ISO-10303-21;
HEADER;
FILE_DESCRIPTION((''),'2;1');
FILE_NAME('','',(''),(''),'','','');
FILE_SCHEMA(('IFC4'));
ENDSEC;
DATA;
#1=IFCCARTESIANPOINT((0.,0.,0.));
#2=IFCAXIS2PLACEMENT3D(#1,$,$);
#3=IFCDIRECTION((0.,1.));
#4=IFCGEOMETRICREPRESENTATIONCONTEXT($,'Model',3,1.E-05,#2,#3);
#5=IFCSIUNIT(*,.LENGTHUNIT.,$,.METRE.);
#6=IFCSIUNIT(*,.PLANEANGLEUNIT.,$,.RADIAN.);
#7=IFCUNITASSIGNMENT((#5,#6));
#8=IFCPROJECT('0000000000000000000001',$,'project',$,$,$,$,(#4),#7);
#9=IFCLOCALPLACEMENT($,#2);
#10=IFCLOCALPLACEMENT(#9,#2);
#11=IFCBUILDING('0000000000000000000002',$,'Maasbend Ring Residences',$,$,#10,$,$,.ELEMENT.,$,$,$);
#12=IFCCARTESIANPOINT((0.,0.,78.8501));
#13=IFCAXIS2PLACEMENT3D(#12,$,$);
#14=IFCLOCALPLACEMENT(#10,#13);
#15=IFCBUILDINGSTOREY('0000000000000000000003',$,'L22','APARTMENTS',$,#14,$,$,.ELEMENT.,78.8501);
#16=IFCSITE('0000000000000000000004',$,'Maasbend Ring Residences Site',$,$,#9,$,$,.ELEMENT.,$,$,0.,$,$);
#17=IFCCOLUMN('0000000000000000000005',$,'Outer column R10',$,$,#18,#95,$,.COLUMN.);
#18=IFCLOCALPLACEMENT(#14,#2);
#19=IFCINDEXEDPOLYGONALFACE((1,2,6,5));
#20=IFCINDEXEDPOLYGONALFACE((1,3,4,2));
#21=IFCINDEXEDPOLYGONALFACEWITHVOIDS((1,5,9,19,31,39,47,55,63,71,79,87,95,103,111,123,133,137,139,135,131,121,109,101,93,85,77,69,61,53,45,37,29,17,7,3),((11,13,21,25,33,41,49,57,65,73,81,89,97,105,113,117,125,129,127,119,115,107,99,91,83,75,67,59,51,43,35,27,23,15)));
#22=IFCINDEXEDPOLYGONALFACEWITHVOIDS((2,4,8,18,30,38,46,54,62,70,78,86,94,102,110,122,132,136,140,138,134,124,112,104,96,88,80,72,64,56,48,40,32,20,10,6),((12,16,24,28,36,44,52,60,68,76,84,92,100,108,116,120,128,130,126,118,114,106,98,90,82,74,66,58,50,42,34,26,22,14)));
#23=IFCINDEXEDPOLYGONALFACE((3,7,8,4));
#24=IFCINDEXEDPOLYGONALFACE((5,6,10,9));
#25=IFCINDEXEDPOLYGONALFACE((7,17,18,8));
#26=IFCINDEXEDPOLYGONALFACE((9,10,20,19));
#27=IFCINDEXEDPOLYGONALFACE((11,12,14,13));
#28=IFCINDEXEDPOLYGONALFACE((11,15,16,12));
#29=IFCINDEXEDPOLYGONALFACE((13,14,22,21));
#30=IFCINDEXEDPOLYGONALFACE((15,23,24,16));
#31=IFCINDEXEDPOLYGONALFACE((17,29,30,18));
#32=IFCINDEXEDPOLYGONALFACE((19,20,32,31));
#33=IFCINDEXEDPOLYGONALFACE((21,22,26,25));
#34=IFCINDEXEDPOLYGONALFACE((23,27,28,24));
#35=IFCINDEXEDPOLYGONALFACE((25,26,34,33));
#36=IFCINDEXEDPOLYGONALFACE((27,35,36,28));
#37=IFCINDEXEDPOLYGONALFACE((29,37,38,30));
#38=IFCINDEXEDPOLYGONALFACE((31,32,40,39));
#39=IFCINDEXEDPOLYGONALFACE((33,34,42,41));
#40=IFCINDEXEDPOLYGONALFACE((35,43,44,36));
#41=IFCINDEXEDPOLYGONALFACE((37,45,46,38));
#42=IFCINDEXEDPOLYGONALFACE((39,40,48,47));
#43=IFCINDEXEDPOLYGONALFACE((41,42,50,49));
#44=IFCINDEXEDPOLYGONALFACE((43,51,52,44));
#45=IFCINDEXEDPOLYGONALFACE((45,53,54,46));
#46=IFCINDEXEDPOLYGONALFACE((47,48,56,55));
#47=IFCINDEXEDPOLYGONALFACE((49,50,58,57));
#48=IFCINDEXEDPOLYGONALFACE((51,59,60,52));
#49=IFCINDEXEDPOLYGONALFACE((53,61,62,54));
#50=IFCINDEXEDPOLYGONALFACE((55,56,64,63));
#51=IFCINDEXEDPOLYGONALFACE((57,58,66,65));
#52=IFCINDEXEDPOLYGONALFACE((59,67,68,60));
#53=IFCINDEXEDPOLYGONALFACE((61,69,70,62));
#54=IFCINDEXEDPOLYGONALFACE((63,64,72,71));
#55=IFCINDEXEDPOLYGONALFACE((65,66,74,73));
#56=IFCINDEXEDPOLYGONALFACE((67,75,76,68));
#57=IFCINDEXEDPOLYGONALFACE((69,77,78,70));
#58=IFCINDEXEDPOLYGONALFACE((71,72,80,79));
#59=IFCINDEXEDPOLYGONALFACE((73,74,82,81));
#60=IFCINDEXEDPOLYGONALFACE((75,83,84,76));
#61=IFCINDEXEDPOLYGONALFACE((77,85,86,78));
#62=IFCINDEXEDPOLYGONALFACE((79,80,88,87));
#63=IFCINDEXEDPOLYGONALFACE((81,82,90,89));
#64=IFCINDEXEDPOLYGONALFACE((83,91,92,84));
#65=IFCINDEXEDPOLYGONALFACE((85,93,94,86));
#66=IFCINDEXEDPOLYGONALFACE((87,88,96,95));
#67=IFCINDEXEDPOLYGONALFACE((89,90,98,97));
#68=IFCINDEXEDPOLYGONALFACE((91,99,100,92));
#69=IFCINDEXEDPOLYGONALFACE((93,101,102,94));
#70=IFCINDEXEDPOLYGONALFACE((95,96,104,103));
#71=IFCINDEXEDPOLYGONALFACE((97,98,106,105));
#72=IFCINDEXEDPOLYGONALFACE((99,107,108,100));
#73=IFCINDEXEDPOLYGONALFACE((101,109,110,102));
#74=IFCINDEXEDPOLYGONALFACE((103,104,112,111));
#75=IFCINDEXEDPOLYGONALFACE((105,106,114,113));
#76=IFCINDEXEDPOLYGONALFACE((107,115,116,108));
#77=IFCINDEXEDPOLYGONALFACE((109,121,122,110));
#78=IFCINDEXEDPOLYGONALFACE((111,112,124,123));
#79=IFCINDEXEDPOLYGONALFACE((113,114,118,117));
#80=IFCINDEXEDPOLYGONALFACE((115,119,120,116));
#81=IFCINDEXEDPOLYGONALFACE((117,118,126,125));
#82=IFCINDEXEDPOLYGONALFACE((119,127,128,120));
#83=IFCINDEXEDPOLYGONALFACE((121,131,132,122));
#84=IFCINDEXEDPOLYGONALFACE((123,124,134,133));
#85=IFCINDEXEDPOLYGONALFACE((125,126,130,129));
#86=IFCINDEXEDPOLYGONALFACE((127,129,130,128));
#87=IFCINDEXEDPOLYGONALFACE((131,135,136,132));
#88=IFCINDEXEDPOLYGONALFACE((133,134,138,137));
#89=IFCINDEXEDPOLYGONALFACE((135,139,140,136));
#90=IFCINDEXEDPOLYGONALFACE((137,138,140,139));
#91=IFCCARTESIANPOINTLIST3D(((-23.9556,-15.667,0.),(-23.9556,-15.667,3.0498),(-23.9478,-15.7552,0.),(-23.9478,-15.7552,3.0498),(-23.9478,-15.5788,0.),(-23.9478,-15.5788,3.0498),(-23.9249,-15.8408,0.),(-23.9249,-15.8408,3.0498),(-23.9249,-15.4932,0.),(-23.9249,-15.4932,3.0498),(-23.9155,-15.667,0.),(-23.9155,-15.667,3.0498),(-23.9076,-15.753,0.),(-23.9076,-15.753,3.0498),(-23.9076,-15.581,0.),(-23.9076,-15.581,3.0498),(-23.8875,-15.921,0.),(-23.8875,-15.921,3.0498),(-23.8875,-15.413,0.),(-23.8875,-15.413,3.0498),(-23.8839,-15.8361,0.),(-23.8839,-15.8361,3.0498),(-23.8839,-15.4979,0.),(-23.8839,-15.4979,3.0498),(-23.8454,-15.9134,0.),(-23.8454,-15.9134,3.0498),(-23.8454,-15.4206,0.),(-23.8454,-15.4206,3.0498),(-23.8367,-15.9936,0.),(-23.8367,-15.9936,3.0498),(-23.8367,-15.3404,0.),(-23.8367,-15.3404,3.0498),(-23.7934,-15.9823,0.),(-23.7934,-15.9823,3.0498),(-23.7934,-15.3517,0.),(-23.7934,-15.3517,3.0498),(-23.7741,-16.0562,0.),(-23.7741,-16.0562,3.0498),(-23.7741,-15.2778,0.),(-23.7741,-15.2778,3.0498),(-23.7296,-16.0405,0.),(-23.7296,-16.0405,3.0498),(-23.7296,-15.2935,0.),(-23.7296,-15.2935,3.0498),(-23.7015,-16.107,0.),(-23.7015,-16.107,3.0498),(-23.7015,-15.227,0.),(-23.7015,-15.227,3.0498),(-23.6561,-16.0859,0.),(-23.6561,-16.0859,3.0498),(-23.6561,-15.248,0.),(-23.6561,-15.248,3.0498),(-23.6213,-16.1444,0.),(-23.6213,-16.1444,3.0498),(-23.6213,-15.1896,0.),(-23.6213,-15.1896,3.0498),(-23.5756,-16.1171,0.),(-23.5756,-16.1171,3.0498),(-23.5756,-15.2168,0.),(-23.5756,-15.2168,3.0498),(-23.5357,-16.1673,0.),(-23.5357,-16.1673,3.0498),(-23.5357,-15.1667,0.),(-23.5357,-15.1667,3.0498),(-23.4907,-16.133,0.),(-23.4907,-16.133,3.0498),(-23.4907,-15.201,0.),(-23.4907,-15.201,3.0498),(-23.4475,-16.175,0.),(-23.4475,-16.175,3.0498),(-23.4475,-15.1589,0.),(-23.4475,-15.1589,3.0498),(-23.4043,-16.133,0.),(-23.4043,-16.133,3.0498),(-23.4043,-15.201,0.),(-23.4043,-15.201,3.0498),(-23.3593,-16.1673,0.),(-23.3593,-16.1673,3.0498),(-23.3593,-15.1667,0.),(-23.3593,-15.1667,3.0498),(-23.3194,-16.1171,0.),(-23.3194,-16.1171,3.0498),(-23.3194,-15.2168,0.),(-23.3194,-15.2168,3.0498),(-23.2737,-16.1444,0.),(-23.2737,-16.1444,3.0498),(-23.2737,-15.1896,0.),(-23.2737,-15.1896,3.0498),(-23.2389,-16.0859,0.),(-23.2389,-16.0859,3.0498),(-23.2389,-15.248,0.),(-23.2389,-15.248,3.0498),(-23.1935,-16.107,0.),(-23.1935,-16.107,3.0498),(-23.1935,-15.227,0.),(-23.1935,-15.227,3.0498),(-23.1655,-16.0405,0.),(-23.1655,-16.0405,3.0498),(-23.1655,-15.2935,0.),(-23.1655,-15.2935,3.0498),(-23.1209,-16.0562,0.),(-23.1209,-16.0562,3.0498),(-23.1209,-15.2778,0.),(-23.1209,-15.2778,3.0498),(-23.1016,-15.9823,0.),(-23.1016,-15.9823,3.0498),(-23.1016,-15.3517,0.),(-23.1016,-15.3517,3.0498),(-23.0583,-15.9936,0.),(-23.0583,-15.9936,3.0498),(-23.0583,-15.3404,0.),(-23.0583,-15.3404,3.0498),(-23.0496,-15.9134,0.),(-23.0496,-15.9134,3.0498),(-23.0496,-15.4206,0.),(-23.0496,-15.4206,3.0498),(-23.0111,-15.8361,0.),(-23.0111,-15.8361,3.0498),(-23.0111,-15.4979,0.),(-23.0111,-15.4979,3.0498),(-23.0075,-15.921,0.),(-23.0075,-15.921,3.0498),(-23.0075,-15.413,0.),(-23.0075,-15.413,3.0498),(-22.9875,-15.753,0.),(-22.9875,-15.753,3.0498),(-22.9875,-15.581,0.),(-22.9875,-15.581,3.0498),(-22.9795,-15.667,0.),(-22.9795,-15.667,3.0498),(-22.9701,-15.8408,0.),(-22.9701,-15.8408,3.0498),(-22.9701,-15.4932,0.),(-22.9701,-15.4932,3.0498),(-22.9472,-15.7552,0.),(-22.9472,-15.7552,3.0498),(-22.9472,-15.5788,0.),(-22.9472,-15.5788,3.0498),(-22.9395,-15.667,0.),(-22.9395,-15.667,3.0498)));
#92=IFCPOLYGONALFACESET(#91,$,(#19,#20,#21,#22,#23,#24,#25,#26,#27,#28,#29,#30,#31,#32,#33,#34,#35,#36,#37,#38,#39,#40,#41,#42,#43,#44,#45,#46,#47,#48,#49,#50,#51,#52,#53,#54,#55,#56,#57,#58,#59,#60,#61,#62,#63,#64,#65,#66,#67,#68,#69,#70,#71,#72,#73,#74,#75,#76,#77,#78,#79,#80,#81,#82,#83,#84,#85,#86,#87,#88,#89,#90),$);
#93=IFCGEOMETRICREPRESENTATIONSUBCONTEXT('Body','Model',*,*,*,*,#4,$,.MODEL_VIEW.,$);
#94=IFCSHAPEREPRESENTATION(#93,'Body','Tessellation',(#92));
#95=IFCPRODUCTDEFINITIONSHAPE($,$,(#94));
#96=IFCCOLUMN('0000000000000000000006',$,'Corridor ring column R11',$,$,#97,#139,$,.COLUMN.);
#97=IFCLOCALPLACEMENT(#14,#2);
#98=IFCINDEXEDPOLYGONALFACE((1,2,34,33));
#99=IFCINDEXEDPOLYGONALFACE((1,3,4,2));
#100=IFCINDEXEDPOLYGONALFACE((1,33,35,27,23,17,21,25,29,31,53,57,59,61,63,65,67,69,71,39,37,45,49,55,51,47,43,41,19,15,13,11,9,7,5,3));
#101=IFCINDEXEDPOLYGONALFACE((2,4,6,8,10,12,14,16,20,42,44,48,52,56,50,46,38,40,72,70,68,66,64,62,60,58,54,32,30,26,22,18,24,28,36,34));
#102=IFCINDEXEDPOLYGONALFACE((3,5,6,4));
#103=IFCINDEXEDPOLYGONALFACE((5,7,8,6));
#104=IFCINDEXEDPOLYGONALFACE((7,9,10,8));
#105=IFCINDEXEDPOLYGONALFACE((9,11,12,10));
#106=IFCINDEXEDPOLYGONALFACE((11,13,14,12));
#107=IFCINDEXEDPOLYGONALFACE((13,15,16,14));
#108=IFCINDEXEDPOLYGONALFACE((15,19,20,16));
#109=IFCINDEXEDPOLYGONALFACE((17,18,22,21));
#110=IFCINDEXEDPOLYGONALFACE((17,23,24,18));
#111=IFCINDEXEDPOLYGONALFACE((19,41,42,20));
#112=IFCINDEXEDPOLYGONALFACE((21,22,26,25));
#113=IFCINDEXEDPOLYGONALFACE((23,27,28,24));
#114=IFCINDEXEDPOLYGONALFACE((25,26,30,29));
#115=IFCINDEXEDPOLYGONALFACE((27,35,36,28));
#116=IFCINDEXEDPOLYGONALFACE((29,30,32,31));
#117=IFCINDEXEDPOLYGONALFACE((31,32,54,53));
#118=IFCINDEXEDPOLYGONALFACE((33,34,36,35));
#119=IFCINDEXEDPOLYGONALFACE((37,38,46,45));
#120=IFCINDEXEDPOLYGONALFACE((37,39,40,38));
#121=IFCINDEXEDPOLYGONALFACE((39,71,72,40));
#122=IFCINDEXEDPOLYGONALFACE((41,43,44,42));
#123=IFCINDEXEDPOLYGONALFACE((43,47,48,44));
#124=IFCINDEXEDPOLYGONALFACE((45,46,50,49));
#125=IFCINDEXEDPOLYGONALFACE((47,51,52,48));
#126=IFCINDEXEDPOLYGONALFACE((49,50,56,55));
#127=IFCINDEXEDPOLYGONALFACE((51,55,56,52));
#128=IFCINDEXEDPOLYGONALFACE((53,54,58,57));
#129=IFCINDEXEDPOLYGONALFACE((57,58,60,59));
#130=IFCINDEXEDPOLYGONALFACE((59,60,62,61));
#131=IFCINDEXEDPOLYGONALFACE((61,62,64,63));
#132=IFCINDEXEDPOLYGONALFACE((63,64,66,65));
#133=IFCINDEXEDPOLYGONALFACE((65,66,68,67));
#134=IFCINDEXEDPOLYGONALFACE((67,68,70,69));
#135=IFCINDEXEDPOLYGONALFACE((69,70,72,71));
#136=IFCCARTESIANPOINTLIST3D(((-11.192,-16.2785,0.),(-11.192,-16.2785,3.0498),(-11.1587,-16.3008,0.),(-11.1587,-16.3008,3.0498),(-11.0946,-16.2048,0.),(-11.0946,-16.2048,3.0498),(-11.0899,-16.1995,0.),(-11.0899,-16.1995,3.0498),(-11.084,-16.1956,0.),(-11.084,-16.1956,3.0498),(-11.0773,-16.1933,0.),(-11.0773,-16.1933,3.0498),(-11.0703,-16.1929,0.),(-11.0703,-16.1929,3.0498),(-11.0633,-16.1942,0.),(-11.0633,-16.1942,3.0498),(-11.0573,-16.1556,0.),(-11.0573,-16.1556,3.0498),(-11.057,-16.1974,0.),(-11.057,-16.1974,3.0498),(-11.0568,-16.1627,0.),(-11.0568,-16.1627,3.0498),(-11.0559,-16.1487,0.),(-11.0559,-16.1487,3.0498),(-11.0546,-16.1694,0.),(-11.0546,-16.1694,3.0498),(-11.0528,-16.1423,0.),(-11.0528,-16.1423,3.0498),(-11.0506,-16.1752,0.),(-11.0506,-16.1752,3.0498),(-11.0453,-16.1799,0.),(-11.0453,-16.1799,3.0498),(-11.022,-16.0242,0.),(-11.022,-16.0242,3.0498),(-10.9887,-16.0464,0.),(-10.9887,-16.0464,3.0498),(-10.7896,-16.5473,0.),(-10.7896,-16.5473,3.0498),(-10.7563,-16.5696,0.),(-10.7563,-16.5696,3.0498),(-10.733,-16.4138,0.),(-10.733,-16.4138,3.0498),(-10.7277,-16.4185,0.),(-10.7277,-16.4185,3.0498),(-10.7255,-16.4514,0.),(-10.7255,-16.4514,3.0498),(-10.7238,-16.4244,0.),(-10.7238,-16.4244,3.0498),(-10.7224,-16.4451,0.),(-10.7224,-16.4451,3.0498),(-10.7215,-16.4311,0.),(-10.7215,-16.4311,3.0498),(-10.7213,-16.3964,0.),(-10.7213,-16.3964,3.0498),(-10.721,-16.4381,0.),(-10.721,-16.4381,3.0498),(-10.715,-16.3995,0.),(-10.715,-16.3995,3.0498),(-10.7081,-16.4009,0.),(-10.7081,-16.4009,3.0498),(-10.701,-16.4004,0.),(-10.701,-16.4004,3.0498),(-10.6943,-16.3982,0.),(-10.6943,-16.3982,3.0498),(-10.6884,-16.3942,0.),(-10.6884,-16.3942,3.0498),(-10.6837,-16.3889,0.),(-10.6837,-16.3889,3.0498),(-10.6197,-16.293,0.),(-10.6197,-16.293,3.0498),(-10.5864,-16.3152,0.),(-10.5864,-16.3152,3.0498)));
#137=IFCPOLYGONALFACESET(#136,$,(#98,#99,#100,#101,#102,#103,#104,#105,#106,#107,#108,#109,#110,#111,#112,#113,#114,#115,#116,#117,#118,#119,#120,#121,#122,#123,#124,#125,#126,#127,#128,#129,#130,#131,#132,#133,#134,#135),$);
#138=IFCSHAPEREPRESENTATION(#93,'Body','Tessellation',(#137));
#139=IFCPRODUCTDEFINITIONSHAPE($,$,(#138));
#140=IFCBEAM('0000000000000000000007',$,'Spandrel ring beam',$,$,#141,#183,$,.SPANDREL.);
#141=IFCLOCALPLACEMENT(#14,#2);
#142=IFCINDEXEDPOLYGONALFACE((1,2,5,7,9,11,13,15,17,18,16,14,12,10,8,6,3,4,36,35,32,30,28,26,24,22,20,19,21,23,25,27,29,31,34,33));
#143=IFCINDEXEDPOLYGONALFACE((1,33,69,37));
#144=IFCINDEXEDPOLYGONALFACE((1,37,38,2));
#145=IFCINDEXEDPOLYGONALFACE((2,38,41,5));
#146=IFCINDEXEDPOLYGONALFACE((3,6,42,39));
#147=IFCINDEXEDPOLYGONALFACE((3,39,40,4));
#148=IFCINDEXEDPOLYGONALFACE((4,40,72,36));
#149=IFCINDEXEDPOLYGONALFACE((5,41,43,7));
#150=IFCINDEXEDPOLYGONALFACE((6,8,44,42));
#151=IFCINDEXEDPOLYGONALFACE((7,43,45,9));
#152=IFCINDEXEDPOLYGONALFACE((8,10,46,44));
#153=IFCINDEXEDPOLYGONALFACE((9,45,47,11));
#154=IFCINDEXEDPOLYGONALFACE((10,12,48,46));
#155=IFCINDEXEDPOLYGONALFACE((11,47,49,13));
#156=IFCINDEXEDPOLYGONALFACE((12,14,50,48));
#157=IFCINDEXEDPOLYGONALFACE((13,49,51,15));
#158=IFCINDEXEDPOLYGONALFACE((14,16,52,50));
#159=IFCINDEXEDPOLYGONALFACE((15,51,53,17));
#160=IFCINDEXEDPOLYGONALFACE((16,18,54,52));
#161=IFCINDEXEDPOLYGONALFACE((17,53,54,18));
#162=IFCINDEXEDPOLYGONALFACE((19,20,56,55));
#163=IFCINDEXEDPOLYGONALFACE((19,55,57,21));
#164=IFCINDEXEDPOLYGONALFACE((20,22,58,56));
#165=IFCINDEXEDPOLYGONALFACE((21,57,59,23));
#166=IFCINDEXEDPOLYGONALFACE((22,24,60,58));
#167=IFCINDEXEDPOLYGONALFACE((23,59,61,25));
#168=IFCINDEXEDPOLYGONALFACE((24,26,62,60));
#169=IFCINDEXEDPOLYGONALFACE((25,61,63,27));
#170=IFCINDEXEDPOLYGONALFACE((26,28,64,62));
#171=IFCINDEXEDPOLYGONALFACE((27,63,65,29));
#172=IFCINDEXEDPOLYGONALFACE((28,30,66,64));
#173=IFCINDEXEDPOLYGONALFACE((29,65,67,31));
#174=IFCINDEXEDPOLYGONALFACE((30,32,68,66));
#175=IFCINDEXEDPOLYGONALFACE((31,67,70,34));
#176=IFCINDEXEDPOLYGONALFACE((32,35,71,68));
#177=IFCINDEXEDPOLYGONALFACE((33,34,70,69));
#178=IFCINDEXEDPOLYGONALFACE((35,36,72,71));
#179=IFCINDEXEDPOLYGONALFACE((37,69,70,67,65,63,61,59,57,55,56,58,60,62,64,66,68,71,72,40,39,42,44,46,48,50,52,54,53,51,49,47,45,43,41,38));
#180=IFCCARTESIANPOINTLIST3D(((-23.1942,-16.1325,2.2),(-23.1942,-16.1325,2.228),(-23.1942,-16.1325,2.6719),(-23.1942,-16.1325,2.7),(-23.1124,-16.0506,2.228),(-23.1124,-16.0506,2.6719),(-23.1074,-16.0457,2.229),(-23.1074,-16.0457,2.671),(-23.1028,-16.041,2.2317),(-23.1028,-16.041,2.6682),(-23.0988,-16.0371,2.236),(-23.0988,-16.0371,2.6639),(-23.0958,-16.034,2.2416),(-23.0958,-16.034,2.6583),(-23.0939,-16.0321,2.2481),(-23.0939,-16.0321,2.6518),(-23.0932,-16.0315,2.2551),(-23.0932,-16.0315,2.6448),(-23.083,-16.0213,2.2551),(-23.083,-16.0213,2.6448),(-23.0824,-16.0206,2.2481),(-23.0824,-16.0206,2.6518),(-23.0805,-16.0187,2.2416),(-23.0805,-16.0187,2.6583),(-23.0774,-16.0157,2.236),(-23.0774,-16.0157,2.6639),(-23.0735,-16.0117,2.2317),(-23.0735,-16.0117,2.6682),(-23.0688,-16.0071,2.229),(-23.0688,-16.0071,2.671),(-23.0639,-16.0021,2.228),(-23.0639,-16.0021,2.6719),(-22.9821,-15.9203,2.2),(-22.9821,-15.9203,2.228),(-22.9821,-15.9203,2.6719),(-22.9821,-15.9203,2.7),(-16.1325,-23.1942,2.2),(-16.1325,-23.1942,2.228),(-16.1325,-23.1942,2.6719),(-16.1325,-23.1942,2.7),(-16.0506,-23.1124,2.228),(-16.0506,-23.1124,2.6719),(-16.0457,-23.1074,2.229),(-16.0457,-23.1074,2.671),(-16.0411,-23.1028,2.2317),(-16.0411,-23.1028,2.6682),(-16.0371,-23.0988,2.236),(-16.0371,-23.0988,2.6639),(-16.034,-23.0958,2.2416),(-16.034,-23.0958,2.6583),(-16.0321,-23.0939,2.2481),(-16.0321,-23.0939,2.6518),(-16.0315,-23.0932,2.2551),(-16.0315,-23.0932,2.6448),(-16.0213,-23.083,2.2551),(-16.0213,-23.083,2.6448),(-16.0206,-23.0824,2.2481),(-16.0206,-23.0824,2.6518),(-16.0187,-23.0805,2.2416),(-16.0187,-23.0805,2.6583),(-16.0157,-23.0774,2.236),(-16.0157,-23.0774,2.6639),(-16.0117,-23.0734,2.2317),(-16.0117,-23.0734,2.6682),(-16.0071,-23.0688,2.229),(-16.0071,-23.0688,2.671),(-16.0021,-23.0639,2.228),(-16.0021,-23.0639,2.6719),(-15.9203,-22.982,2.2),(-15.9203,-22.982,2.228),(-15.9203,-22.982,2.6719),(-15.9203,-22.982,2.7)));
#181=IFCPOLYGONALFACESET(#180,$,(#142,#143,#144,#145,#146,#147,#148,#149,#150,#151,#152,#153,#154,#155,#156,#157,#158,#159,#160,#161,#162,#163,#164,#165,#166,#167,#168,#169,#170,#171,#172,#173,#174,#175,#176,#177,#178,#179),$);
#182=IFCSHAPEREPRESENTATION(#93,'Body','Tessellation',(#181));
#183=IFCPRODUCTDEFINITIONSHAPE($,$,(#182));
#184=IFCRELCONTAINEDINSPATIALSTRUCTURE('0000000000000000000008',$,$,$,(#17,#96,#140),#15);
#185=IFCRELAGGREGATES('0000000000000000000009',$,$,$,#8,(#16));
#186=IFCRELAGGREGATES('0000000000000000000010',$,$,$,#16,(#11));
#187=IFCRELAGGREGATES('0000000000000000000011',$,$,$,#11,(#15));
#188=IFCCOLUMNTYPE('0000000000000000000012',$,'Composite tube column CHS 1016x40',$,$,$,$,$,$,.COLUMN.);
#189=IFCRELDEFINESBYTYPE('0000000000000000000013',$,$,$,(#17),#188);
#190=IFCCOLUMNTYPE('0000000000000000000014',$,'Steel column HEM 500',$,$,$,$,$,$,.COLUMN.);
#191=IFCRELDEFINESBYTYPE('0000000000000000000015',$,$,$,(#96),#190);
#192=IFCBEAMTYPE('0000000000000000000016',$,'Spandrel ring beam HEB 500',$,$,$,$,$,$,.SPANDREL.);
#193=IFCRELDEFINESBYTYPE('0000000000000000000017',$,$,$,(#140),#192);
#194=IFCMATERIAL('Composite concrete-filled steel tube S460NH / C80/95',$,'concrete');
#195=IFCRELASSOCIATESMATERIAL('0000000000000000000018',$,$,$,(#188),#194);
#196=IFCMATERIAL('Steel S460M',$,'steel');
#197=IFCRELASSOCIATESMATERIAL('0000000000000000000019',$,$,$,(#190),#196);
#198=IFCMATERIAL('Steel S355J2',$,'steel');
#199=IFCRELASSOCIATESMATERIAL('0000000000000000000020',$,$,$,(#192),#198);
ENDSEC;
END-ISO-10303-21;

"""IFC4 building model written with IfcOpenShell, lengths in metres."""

from ifc_helpers import new_model, si_unit, direction, frame, origin, origin_2d, place, context, subcontext, project, spatial, hollow_circle, i_section, extrude, material, material_profile, profile_set, type_object, element, save


model = new_model("IFC4")

# Units and contexts
model_context = context("Model", 3, precision=1e-05, world=origin(), true_north=direction((0.0, 1.0)))
body_context = subcontext(model_context, "Body", "Model", "MODEL_VIEW")
ifc_project = project(units=[si_unit("LENGTHUNIT", "METRE"), si_unit("PLANEANGLEUNIT", "RADIAN")], contexts=[model_context])

# Site, building, storey
site_placement = place(None, origin())
site = spatial("IfcSite", under=ifc_project, at=site_placement, Name="Maasbend Ring Residences Site", CompositionType="ELEMENT", RefElevation=0.0)
building_placement = place(site_placement, origin())
building = spatial("IfcBuilding", under=site, at=building_placement, Name="Maasbend Ring Residences", CompositionType="ELEMENT")
storey_placement = place(building_placement, frame((0.0, 0.0, 78.8501)))
storey = spatial("IfcBuildingStorey", under=building, at=storey_placement, Name="L22", Description="APARTMENTS", CompositionType="ELEMENT", Elevation=78.8501)

# Columns
ifc_material_1 = material(Name="Composite concrete-filled steel tube S460NH / C80/95", Category="concrete")
ifc_material_profile_1 = material_profile(ifc_material_1, hollow_circle(Radius=0.5081, WallThickness=0.04, at=origin_2d()), Name="Composite tube column CHS 1016x40")
ifc_profile_set_1 = profile_set([ifc_material_profile_1], Name="Composite concrete-filled steel tube S460NH / C80/95")
column_type_1 = type_object("IfcColumnType", Name="Composite tube column CHS 1016x40", PredefinedType="COLUMN", material=ifc_profile_set_1)
column_1_placement = place(storey_placement, frame((-23.4475, -15.667, 0.0), z_axis=(0.0, 0.0, 1.0), x_axis=(1.0, 0.0, 0.0)))
element("IfcColumn", 1, at=column_1_placement, inside=storey, type_object=column_type_1, Name="Outer column R10", PredefinedType="COLUMN", context=body_context, shape_type="SweptSolid", body=[
    extrude(hollow_circle(Radius=0.5081, WallThickness=0.04, at=origin_2d()), origin(), (0.0, 0.0, 1.0), 3.0498),
])
ifc_material_2 = material(Name="Steel S460M", Category="steel")
ifc_material_profile_2 = material_profile(ifc_material_2, i_section(OverallWidth=0.3059, OverallDepth=0.5239, WebThickness=0.021, FlangeThickness=0.04, FilletRadius=0.0271, at=origin_2d()), Name="HEM 500")
ifc_profile_set_2 = profile_set([ifc_material_profile_2], Name="Steel S460M")
column_type_2 = type_object("IfcColumnType", Name="Steel column HEM 500", PredefinedType="COLUMN", material=ifc_profile_set_2)
column_2_placement = place(storey_placement, frame((-10.8892, -16.2969, 0.0), z_axis=(0.0, 0.0, 1.0), x_axis=(-0.55557, -0.83147, 0.0)))
element("IfcColumn", 2, at=column_2_placement, inside=storey, type_object=column_type_2, Name="Corridor ring column R11", PredefinedType="COLUMN", context=body_context, shape_type="SweptSolid", body=[
    extrude(i_section(OverallWidth=0.3059, OverallDepth=0.5239, WebThickness=0.021, FlangeThickness=0.04, FilletRadius=0.0271, at=origin_2d()), origin(), (0.0, 0.0, 1.0), 3.0498),
])

# Beam
ifc_material_3 = material(Name="Steel S355J2", Category="steel")
ifc_material_profile_3 = material_profile(ifc_material_3, i_section(OverallWidth=0.3, OverallDepth=0.5, WebThickness=0.0144, FlangeThickness=0.0281, FilletRadius=0.0271, at=origin_2d()), Name="HEB 500")
ifc_profile_set_3 = profile_set([ifc_material_profile_3], Name="Steel S355J2")
beam_type = type_object("IfcBeamType", Name="Spandrel ring beam HEB 500", PredefinedType="SPANDREL", material=ifc_profile_set_3)
beam_placement = place(storey_placement, frame((-23.0881, -16.0264, 2.45), z_axis=(0.707107, -0.707107, 0.0), x_axis=(0.707107, 0.707107, 0.0)))
element("IfcBeam", 3, at=beam_placement, inside=storey, type_object=beam_type, Name="Spandrel ring beam", PredefinedType="SPANDREL", context=body_context, shape_type="SweptSolid", body=[
    extrude(i_section(OverallWidth=0.3, OverallDepth=0.5, WebThickness=0.0144, FlangeThickness=0.0281, FilletRadius=0.0271, at=origin_2d()), origin(), (0.0, 0.0, 1.0), 9.9868),
])

save(model, "model.ifc")
